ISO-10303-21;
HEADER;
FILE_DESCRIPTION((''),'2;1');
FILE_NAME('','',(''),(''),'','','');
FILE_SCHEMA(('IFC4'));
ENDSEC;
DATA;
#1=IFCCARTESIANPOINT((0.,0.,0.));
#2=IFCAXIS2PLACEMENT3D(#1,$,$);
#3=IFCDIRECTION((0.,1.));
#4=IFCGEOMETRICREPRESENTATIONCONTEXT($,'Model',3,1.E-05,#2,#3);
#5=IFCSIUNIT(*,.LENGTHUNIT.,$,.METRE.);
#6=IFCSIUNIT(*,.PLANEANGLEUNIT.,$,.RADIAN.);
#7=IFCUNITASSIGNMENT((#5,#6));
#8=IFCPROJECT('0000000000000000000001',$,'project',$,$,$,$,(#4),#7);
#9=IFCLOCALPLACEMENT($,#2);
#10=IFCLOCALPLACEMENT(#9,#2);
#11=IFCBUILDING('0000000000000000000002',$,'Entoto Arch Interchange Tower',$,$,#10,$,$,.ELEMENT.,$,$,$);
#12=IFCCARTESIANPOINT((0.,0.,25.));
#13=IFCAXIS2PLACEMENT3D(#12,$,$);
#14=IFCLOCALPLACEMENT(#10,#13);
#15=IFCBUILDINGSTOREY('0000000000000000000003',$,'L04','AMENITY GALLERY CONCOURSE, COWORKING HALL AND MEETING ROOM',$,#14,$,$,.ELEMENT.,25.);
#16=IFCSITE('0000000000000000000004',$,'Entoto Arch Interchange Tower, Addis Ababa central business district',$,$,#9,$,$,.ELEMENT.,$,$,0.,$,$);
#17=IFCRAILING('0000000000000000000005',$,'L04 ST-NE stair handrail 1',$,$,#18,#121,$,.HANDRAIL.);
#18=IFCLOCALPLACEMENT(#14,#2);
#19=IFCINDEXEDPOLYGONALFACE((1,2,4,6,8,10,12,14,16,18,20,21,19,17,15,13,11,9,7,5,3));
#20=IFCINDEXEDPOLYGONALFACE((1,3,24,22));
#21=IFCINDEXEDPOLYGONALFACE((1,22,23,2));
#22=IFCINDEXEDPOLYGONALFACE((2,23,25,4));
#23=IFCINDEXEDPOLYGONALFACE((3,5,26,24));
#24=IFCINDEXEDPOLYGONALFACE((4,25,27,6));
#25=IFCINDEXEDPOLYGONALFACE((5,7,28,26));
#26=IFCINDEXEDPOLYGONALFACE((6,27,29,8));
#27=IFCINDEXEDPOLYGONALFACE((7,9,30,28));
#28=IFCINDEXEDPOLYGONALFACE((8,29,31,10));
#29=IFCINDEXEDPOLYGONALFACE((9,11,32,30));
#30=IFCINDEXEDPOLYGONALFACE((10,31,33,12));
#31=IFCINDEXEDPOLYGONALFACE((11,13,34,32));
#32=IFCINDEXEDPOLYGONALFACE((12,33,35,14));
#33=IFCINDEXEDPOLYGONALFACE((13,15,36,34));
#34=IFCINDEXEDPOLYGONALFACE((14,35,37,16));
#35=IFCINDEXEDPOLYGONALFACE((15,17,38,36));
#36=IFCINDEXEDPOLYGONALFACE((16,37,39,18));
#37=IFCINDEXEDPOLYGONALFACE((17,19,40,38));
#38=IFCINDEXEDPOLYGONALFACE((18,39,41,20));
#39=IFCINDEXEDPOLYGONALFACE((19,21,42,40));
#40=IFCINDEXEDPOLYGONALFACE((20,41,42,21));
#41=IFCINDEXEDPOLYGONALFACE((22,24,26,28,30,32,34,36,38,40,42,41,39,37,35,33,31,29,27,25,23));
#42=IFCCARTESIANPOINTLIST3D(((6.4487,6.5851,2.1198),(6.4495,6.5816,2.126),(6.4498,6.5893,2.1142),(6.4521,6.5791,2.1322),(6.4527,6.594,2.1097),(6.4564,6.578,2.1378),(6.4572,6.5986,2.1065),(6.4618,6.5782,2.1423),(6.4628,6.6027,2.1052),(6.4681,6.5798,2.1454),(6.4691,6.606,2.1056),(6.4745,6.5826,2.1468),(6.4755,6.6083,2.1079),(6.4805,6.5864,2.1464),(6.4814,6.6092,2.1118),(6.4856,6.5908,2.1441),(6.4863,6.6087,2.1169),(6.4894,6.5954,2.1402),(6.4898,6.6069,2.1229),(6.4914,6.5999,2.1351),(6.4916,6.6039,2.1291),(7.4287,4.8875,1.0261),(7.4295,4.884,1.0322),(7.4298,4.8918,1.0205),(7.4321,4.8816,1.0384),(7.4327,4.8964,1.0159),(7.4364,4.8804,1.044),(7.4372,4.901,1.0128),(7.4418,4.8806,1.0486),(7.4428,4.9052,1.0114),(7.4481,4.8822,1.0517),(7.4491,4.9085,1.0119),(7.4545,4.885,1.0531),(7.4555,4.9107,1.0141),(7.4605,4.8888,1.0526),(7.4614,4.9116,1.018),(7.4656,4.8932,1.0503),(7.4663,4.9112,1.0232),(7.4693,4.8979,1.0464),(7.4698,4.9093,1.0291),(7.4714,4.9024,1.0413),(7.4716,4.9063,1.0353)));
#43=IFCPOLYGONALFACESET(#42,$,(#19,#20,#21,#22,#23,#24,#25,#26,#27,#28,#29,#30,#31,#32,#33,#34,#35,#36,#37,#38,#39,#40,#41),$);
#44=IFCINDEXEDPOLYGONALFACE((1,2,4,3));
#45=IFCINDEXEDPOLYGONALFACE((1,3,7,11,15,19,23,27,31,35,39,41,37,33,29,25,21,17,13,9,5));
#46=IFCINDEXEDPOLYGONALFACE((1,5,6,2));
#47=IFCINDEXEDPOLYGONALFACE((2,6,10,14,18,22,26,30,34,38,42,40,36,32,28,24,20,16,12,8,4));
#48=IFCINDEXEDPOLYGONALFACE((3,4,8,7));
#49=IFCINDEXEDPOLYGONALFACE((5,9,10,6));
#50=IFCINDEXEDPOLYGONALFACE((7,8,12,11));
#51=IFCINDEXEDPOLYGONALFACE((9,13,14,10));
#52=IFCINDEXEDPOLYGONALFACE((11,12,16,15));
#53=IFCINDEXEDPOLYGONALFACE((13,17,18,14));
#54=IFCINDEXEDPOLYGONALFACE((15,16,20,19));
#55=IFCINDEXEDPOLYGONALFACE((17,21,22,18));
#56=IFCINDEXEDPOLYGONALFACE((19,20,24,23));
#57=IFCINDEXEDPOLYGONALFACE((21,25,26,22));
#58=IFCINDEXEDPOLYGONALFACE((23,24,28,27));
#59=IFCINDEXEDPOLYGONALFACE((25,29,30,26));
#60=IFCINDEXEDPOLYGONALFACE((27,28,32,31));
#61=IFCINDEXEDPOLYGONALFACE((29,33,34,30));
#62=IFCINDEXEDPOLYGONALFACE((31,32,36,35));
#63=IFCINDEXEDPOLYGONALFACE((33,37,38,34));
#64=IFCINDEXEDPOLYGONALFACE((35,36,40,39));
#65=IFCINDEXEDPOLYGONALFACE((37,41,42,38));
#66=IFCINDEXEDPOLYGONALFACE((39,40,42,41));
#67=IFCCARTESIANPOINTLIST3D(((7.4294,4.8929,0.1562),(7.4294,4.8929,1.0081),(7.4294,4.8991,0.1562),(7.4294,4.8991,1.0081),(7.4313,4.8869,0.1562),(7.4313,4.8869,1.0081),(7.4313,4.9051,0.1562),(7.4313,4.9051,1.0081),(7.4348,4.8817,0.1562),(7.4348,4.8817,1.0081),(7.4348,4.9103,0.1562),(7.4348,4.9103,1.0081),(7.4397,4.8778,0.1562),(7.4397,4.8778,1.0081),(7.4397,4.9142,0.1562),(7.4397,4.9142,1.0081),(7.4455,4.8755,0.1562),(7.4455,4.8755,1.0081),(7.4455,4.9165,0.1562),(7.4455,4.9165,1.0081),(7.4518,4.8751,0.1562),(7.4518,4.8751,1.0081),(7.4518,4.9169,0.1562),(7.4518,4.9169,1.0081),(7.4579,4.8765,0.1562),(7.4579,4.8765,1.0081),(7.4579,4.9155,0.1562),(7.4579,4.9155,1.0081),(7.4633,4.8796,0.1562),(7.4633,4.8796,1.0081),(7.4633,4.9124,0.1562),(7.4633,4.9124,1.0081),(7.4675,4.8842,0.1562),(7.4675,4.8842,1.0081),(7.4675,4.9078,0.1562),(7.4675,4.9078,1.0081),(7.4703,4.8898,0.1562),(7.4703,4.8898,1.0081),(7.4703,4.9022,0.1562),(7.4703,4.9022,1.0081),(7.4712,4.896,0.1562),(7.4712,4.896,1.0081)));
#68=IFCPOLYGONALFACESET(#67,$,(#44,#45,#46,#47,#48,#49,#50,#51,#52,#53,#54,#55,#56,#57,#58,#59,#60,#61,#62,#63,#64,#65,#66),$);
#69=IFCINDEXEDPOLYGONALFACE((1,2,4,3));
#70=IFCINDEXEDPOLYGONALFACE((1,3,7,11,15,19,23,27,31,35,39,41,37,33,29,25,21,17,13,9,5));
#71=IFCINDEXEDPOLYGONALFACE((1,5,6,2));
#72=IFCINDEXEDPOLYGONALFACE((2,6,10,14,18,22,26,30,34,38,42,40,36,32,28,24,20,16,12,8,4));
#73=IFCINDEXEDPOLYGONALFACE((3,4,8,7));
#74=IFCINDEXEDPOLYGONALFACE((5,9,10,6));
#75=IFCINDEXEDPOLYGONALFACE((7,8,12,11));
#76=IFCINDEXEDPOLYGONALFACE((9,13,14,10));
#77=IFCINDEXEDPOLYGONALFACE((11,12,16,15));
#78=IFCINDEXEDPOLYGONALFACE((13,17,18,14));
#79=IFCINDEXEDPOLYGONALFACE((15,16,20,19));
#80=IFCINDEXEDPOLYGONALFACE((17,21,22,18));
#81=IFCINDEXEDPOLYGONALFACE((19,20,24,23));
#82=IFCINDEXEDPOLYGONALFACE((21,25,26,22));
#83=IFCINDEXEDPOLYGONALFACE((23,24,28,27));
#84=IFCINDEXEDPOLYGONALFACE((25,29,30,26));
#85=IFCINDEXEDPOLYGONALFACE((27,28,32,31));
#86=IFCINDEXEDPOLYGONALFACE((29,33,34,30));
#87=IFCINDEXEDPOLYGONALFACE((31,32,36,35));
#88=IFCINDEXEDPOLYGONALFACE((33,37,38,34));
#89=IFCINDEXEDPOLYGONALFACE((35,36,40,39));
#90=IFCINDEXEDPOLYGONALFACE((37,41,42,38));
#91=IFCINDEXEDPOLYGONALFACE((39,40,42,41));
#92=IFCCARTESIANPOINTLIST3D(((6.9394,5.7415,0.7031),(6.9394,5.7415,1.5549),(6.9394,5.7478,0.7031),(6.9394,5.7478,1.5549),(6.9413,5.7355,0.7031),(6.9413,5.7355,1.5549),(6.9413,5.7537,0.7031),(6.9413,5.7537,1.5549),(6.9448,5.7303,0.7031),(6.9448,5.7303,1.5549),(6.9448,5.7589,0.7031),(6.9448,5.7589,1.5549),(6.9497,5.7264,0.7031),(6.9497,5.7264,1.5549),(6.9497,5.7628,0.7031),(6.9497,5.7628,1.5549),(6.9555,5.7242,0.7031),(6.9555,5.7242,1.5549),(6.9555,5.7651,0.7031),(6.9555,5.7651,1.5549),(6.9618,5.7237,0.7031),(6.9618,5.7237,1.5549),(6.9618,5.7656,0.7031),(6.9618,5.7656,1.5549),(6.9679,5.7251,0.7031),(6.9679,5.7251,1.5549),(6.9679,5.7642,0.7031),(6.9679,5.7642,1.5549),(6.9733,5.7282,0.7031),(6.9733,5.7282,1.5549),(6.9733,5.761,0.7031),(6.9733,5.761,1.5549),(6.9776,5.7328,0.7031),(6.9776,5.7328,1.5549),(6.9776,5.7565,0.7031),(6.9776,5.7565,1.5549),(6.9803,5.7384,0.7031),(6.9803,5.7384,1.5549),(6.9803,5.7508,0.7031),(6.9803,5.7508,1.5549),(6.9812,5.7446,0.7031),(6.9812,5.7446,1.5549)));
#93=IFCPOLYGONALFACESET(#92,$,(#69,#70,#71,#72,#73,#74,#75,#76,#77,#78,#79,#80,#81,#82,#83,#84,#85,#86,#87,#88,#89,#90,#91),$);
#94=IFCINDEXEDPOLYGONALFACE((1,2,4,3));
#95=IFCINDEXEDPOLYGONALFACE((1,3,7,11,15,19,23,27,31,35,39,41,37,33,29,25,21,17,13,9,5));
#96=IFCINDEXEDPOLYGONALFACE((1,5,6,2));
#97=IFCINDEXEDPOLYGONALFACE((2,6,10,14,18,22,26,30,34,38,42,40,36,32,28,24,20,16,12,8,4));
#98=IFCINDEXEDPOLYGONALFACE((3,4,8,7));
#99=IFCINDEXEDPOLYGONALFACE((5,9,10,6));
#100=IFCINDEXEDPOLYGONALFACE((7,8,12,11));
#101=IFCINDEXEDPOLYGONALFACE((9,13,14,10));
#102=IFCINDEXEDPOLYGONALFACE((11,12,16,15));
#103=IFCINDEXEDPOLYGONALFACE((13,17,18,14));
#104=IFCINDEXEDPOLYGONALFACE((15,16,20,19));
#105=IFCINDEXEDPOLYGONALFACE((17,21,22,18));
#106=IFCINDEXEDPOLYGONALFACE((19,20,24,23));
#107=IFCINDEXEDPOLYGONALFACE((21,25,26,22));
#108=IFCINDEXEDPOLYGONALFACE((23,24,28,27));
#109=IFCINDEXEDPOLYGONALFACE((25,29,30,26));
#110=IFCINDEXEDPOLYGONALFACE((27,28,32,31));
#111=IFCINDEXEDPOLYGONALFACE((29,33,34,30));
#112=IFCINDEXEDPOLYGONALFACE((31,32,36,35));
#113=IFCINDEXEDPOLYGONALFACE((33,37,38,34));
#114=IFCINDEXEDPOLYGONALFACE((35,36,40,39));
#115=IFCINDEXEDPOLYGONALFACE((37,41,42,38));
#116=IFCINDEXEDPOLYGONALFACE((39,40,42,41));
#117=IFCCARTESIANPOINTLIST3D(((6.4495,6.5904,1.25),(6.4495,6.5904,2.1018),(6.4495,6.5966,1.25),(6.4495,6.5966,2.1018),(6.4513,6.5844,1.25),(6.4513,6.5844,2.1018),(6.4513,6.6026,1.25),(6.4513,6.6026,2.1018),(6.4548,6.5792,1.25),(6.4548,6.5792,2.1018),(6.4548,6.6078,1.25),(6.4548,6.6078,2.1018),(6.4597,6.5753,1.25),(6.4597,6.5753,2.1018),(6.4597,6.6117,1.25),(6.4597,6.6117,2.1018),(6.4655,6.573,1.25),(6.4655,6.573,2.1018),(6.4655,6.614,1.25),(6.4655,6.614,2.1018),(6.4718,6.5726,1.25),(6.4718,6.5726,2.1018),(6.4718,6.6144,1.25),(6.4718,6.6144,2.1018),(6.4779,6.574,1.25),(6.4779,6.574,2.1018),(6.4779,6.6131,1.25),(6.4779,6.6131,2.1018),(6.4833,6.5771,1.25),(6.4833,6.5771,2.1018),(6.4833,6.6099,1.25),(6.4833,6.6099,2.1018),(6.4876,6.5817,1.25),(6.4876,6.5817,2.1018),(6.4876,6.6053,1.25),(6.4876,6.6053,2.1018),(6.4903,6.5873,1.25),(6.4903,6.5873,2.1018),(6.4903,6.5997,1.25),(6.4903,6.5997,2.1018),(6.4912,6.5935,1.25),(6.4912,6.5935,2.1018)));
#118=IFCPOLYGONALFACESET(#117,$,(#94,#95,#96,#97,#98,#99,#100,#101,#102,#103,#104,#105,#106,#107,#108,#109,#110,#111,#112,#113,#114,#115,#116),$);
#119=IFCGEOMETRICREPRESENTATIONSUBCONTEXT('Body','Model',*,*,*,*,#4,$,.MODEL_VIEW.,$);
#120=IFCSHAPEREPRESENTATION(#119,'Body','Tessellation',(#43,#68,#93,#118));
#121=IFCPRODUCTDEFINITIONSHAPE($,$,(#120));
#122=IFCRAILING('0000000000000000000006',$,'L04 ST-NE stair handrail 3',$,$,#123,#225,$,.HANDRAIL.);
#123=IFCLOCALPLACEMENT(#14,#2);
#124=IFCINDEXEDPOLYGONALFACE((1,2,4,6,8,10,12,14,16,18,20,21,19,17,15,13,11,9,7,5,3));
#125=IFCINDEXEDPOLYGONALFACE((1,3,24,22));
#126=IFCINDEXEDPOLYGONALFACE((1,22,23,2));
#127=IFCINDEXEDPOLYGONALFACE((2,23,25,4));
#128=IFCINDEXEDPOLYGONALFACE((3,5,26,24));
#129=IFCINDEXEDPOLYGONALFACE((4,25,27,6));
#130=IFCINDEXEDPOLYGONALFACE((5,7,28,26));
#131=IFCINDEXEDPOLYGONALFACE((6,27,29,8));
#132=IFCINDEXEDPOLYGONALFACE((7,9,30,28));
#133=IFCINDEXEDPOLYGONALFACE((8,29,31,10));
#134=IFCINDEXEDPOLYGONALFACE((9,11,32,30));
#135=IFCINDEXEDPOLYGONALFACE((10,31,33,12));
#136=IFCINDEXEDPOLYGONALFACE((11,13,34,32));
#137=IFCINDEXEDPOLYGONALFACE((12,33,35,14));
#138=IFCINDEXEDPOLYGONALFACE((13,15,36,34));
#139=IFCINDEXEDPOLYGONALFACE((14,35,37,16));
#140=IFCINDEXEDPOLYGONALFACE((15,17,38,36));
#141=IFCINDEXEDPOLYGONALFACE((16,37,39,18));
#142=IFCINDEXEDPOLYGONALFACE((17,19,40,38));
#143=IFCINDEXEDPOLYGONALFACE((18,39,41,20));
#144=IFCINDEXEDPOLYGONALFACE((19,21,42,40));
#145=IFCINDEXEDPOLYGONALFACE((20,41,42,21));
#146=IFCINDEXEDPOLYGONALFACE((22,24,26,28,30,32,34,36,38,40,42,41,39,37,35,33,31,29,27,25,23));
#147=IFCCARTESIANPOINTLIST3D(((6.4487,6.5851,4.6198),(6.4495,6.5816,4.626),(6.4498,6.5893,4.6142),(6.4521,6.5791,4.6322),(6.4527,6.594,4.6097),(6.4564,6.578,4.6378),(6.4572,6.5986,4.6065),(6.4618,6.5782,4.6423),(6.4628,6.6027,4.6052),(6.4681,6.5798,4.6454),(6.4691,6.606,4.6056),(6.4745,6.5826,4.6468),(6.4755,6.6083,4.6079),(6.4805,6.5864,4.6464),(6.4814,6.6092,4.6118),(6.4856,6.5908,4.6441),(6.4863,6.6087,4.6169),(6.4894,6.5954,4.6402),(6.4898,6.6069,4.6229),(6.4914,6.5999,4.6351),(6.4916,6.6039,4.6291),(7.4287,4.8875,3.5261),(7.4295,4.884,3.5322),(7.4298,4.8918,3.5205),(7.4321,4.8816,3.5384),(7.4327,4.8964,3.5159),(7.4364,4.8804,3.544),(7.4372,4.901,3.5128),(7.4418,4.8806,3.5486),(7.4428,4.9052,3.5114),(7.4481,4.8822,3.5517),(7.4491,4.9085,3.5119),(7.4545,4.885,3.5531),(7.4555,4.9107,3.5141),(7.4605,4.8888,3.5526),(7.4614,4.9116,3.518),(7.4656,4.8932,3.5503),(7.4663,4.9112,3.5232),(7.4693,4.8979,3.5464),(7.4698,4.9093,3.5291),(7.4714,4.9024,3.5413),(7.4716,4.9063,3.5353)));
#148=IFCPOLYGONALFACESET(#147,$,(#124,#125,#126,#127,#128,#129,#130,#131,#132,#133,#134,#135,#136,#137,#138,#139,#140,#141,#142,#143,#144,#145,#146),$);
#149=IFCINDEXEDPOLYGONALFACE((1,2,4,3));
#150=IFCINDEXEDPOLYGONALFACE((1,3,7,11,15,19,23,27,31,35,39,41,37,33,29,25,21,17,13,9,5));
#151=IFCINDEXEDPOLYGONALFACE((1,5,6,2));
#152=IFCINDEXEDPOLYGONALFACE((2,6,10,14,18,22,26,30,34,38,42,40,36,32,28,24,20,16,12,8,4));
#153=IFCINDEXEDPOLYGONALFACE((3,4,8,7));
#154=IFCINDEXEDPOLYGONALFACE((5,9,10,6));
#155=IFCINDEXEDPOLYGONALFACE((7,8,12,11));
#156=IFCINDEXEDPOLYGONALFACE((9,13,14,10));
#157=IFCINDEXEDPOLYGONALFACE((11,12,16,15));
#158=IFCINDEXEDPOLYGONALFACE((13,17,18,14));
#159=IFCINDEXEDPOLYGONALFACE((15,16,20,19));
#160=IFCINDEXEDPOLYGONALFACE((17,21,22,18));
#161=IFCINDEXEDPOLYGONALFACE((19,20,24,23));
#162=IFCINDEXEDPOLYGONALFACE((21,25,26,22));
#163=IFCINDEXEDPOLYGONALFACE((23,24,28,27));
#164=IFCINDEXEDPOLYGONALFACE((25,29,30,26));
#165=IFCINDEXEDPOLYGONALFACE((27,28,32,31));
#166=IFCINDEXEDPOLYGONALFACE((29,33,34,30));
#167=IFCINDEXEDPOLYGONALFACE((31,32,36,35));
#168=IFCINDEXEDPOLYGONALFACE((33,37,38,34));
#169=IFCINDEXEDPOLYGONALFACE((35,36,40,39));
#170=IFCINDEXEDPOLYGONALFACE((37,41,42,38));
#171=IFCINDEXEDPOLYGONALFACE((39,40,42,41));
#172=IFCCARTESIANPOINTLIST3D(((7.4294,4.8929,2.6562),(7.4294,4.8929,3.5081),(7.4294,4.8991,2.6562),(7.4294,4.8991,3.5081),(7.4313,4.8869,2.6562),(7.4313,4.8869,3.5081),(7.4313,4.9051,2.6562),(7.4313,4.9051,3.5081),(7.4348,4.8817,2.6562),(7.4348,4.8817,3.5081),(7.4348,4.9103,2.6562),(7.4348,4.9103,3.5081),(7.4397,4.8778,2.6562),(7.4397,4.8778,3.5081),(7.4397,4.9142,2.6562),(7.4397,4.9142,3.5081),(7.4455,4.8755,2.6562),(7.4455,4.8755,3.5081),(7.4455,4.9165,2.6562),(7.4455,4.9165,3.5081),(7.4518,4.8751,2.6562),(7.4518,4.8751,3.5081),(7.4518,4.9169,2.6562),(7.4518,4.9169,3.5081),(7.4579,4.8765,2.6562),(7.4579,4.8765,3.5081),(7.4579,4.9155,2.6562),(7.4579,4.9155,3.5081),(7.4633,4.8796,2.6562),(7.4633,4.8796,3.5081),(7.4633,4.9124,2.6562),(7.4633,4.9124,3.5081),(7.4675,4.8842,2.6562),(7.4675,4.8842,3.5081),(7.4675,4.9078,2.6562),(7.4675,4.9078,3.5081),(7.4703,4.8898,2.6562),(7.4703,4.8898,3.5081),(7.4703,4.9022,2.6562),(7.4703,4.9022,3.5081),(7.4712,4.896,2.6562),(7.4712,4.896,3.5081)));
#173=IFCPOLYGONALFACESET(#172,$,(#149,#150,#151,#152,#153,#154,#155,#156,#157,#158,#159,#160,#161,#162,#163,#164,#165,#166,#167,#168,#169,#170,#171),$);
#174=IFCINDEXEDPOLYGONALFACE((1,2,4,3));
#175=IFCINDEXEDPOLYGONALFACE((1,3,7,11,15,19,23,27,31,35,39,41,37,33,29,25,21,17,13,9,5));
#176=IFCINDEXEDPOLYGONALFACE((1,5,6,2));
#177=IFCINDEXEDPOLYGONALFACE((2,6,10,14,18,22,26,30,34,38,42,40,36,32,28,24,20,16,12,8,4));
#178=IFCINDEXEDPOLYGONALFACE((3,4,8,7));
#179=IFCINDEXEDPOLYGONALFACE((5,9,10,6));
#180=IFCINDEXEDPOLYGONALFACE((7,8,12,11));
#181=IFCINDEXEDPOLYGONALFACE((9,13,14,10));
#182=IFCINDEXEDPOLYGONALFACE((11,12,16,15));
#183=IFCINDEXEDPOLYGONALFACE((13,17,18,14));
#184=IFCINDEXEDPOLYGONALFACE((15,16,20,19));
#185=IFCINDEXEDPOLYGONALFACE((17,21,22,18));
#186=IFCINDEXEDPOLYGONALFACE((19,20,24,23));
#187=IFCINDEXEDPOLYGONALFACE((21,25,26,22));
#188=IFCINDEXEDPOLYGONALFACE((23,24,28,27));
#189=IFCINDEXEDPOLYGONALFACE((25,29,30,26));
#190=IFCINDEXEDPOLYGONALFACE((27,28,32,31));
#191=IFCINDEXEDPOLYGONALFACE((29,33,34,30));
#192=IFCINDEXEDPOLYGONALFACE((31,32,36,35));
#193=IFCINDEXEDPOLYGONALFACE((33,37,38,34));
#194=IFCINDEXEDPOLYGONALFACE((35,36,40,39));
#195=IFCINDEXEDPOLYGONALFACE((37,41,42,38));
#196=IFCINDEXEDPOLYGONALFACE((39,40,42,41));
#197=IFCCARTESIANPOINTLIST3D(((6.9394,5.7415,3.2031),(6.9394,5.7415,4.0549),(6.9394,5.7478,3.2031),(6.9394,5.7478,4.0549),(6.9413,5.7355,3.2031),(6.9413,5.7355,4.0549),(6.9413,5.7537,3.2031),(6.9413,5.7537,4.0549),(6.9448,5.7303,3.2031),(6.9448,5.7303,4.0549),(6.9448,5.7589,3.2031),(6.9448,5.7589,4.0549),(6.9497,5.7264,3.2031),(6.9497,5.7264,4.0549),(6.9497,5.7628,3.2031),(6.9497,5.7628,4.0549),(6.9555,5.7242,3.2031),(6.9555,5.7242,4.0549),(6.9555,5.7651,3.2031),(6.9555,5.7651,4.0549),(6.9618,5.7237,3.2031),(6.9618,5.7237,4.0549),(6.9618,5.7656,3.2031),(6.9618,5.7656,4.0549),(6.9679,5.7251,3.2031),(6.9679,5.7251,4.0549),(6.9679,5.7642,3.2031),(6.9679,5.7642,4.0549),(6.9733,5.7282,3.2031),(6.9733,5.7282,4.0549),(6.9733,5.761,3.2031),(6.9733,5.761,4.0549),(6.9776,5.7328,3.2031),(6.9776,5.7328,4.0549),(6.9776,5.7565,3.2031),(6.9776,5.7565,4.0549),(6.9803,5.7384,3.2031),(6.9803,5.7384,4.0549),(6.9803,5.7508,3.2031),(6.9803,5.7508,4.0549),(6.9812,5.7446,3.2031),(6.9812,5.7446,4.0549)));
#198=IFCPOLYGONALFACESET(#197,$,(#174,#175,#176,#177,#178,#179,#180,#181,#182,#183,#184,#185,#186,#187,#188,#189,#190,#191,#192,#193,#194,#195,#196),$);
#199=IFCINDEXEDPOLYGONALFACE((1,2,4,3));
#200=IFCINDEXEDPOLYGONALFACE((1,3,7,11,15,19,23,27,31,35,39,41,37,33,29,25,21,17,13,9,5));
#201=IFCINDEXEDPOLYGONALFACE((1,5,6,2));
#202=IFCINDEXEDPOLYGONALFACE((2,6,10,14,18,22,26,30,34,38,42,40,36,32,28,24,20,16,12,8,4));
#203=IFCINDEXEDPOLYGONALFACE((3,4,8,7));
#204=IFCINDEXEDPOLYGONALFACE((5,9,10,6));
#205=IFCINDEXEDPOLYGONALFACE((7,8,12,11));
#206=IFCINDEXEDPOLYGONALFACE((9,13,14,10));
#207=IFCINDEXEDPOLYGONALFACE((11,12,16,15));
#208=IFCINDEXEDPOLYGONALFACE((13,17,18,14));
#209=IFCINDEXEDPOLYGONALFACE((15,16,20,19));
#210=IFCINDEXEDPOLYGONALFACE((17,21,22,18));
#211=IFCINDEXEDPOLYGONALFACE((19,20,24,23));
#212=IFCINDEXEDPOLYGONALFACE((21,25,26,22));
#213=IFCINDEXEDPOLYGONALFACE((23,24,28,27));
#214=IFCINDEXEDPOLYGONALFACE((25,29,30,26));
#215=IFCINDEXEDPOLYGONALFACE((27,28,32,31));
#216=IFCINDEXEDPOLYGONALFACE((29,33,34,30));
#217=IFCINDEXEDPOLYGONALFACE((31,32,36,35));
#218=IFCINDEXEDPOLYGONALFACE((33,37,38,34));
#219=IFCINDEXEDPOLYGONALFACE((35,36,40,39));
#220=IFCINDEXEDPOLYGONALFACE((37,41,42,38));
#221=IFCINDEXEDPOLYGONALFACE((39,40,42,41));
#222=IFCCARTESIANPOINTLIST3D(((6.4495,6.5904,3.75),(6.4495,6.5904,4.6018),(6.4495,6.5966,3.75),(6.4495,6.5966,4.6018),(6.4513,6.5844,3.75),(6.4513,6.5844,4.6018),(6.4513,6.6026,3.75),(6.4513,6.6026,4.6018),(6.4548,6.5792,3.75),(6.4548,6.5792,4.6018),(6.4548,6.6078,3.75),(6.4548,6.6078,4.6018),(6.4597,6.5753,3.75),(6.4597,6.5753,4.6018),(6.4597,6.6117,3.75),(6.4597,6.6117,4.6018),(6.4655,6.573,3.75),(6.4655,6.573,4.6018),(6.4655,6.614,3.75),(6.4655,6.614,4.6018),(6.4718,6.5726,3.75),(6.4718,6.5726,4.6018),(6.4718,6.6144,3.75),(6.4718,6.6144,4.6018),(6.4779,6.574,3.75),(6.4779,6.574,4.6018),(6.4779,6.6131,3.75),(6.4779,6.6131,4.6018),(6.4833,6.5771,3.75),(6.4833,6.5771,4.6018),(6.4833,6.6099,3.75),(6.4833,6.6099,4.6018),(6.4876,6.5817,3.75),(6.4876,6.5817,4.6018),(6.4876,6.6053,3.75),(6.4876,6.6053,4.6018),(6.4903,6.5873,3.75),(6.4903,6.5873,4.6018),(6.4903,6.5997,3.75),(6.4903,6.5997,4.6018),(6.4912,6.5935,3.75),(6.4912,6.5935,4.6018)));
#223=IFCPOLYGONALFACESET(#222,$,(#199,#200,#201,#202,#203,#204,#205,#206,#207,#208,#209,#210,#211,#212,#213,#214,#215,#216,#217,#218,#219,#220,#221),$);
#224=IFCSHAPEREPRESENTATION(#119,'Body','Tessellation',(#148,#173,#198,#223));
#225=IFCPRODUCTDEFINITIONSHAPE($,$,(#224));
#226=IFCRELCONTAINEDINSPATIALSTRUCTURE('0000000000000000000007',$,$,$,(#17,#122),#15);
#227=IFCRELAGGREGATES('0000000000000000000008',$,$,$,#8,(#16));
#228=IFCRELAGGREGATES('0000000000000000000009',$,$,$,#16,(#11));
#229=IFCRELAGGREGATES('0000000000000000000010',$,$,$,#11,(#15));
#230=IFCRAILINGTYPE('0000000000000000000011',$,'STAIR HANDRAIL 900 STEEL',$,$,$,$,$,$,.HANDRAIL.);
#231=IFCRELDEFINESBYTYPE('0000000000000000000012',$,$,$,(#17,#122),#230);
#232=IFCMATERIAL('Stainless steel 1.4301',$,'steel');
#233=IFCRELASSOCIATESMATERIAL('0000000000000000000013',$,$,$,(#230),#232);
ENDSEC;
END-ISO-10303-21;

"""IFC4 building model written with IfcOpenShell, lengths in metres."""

from ifc_helpers import new_model, si_unit, direction, frame, origin, origin_2d, place, context, subcontext, project, spatial, circle, extrude, material, type_object, element, save


model = new_model("IFC4")

# Units and contexts
model_context = context("Model", 3, precision=1e-05, world=origin(), true_north=direction((0.0, 1.0)))
body_context = subcontext(model_context, "Body", "Model", "MODEL_VIEW")
ifc_project = project(units=[si_unit("LENGTHUNIT", "METRE"), si_unit("PLANEANGLEUNIT", "RADIAN")], contexts=[model_context])

# Site, building, storey
site_placement = place(None, origin())
site = spatial("IfcSite", under=ifc_project, at=site_placement, Name="Entoto Arch Interchange Tower, Addis Ababa central business district", CompositionType="ELEMENT", RefElevation=0.0)
building_placement = place(site_placement, origin())
building = spatial("IfcBuilding", under=site, at=building_placement, Name="Entoto Arch Interchange Tower", CompositionType="ELEMENT")
storey_placement = place(building_placement, frame((0.0, 0.0, 25.0)))
storey = spatial("IfcBuildingStorey", under=building, at=storey_placement, Name="L04", Description="AMENITY GALLERY CONCOURSE, COWORKING HALL AND MEETING ROOM", CompositionType="ELEMENT", Elevation=25.0)

# Railings
ifc_material_1 = material(Name="Stainless steel 1.4301", Category="steel")
railing_type_1 = type_object("IfcRailingType", Name="STAIR HANDRAIL 900 STEEL", PredefinedType="HANDRAIL", material=ifc_material_1)
for number, where, name in (
    (1, (7.4502, 4.896, 0.1562), "L04 ST-NE stair handrail 1"),
    (2, (7.4502, 4.896, 2.6562), "L04 ST-NE stair handrail 3"),
):
    element("IfcRailing", number, at=place(storey_placement, frame(where)), inside=storey, type_object=railing_type_1, Name=name, PredefinedType="HANDRAIL", context=body_context, shape_type="SweptSolid", body=[
        extrude(circle(Radius=0.0239, at=origin_2d()), frame((0.0, 0.0, 0.876), z_axis=(-0.436596, 0.756267, 0.487282), x_axis=(-0.866042, -0.49997, 0.0)), (0.0, 0.0, 1.0), 2.2446),
        extrude(circle(Radius=0.021, at=origin_2d()), origin(), (0.0, 0.0, 1.0), 0.8518),
        extrude(circle(Radius=0.021, at=origin_2d()), frame((-0.49, 0.8486, 0.5469)), (0.0, 0.0, 1.0), 0.8518),
        extrude(circle(Radius=0.021, at=origin_2d()), frame((-0.98, 1.6975, 1.0938)), (0.0, 0.0, 1.0), 0.8518),
    ])

save(model, "model.ifc")
